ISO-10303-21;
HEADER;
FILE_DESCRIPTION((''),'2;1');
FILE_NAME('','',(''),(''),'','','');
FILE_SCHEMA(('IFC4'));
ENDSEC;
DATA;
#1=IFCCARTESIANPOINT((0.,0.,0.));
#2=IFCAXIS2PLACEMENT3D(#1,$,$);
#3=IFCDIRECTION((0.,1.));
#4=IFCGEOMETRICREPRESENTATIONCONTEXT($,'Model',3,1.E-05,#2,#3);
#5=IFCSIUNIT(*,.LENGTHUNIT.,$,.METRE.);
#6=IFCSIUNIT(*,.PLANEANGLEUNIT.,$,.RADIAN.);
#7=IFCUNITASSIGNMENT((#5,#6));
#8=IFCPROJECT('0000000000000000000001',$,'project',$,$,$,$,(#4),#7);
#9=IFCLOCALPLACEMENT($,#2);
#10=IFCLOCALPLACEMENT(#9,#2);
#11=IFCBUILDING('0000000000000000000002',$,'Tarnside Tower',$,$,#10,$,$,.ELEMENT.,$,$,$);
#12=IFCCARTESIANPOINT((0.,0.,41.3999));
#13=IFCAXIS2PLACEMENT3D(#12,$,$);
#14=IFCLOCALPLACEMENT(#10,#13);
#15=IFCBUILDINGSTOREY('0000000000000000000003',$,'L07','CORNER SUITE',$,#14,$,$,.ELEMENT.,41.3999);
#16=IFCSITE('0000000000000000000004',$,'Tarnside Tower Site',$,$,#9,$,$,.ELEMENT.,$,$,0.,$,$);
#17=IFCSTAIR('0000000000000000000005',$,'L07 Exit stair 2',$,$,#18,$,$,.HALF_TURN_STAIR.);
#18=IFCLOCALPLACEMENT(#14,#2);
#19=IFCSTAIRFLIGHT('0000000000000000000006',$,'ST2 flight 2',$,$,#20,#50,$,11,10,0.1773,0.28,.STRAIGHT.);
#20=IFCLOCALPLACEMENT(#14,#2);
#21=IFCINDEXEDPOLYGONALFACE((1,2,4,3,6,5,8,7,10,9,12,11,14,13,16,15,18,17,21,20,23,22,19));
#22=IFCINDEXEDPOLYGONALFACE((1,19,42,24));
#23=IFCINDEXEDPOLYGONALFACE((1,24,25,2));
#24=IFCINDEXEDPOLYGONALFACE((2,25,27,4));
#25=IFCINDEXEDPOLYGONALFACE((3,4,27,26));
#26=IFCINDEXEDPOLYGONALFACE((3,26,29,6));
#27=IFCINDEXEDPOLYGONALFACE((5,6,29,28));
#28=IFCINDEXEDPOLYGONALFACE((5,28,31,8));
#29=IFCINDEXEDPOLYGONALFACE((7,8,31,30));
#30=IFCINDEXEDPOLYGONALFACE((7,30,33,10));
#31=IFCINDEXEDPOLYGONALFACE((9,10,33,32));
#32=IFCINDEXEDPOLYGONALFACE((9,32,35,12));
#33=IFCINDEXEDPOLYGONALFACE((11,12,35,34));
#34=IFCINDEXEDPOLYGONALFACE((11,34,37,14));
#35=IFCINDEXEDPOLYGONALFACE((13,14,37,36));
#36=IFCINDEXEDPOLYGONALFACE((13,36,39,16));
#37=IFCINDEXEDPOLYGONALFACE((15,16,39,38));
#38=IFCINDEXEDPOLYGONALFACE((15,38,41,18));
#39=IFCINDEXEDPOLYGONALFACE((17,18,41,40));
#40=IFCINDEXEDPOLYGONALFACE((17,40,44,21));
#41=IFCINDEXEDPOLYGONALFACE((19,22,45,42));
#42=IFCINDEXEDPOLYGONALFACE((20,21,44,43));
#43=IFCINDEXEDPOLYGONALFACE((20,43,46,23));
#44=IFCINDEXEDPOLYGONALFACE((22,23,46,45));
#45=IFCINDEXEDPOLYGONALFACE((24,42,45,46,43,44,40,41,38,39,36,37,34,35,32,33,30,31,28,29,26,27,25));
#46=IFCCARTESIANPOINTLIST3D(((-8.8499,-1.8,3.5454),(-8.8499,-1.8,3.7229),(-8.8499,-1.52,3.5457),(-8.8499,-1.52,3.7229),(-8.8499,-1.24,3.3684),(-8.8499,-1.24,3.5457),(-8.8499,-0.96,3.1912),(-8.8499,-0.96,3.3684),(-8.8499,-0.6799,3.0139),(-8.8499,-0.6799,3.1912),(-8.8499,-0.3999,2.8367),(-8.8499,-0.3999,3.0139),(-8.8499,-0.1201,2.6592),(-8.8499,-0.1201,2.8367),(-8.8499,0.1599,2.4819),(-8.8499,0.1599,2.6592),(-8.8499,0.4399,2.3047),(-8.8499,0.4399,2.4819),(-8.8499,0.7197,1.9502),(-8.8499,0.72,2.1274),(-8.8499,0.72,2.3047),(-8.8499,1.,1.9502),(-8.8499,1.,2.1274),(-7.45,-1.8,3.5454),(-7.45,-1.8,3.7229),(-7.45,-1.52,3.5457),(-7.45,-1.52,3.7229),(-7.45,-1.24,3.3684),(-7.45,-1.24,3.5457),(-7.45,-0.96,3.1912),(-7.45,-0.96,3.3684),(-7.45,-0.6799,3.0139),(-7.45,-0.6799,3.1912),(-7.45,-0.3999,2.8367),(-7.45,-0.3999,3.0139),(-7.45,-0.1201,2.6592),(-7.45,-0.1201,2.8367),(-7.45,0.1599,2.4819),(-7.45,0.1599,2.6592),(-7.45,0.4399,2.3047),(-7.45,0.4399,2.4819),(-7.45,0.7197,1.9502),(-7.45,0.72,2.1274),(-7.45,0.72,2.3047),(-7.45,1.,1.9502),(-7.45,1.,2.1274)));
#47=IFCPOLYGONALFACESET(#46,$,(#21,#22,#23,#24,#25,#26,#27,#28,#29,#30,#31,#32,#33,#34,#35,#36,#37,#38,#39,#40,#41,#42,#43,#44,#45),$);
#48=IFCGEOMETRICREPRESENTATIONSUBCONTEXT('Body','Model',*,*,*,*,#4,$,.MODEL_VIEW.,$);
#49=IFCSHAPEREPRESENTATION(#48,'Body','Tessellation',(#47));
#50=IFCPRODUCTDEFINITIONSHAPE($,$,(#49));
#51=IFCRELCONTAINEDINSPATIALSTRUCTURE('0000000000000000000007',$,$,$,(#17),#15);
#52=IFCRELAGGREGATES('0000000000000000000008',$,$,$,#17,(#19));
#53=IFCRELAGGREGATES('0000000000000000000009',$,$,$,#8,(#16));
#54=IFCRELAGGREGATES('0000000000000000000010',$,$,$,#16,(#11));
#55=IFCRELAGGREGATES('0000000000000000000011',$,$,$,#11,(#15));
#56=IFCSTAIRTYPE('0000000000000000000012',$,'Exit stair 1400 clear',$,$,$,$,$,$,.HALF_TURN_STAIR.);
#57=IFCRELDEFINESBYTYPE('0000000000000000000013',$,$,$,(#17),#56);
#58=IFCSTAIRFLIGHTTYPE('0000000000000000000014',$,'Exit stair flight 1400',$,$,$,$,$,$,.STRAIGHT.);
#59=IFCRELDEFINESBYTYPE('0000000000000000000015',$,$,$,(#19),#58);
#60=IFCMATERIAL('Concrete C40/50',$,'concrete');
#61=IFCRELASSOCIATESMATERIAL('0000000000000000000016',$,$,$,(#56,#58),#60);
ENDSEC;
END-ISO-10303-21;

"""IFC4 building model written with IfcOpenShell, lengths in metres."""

from ifc_helpers import new_model, si_unit, direction, frame, origin, place, context, subcontext, project, spatial, polyline, outline, extrude, material, type_object, element, aggregate, save


model = new_model("IFC4")

# Units and contexts
model_context = context("Model", 3, precision=1e-05, world=origin(), true_north=direction((0.0, 1.0)))
body_context = subcontext(model_context, "Body", "Model", "MODEL_VIEW")
ifc_project = project(units=[si_unit("LENGTHUNIT", "METRE"), si_unit("PLANEANGLEUNIT", "RADIAN")], contexts=[model_context])

# Site, building, storey
site_placement = place(None, origin())
site = spatial("IfcSite", under=ifc_project, at=site_placement, Name="Tarnside Tower Site", CompositionType="ELEMENT", RefElevation=0.0)
building_placement = place(site_placement, origin())
building = spatial("IfcBuilding", under=site, at=building_placement, Name="Tarnside Tower", CompositionType="ELEMENT")
storey_placement = place(building_placement, frame((0.0, 0.0, 41.3999)))
storey = spatial("IfcBuildingStorey", under=building, at=storey_placement, Name="L07", Description="CORNER SUITE", CompositionType="ELEMENT", Elevation=41.3999)

# Shared definitions
ifc_material_1 = material(Name="Concrete C40/50", Category="concrete")

# Stair
stair_type = type_object("IfcStairType", Name="Exit stair 1400 clear", PredefinedType="HALF_TURN_STAIR", material=ifc_material_1)
stair_1_placement = place(storey_placement, origin())
stair_1 = element("IfcStair", 1, at=stair_1_placement, inside=storey, type_object=stair_type, Name="L07 Exit stair 2", PredefinedType="HALF_TURN_STAIR")

# Stair flight
stair_flight_type = type_object("IfcStairFlightType", Name="Exit stair flight 1400", PredefinedType="STRAIGHT", material=ifc_material_1)
stair_flight_placement = place(storey_placement, frame((-8.1499, 1.0, 1.9502), z_axis=(0.0, 0.0, 1.0), x_axis=(0.0, -1.0, 0.0)))
stair_flight = element("IfcStairFlight", 2, at=stair_flight_placement, type_object=stair_flight_type, Name="ST2 flight 2", NumberOfRisers=11, NumberOfTreads=10, PredefinedType="STRAIGHT", RiserHeight=0.1773, TreadLength=0.28, context=body_context, shape_type="SweptSolid", body=[
    extrude(outline(polyline([(0.0, 0.0), (0.0, 0.1772), (0.28, 0.1772), (0.28, 0.3545), (0.5601, 0.3545), (0.5601, 0.5317), (0.8401, 0.5317), (0.8401, 0.709), (1.1201, 0.709), (1.1201, 0.8865), (1.3999, 0.8865), (1.3999, 1.0637), (1.6799, 1.0637), (1.6799, 1.241), (1.96, 1.241), (1.96, 1.4182), (2.24, 1.4182), (2.24, 1.5955), (2.52, 1.5955), (2.52, 1.7727), (2.8, 1.7727), (2.8, 1.95), (2.8, 1.5952), (0.2803, 0.0), (0.0, 0.0)])), frame((0.0, 0.7, 0.0), z_axis=(0.0, -1.0, 0.0), x_axis=(1.0, 0.0, 0.0)), (0.0, 0.0, 1.0), 1.3999),
])
aggregate(stair_1, [stair_flight])

save(model, "model.ifc")
